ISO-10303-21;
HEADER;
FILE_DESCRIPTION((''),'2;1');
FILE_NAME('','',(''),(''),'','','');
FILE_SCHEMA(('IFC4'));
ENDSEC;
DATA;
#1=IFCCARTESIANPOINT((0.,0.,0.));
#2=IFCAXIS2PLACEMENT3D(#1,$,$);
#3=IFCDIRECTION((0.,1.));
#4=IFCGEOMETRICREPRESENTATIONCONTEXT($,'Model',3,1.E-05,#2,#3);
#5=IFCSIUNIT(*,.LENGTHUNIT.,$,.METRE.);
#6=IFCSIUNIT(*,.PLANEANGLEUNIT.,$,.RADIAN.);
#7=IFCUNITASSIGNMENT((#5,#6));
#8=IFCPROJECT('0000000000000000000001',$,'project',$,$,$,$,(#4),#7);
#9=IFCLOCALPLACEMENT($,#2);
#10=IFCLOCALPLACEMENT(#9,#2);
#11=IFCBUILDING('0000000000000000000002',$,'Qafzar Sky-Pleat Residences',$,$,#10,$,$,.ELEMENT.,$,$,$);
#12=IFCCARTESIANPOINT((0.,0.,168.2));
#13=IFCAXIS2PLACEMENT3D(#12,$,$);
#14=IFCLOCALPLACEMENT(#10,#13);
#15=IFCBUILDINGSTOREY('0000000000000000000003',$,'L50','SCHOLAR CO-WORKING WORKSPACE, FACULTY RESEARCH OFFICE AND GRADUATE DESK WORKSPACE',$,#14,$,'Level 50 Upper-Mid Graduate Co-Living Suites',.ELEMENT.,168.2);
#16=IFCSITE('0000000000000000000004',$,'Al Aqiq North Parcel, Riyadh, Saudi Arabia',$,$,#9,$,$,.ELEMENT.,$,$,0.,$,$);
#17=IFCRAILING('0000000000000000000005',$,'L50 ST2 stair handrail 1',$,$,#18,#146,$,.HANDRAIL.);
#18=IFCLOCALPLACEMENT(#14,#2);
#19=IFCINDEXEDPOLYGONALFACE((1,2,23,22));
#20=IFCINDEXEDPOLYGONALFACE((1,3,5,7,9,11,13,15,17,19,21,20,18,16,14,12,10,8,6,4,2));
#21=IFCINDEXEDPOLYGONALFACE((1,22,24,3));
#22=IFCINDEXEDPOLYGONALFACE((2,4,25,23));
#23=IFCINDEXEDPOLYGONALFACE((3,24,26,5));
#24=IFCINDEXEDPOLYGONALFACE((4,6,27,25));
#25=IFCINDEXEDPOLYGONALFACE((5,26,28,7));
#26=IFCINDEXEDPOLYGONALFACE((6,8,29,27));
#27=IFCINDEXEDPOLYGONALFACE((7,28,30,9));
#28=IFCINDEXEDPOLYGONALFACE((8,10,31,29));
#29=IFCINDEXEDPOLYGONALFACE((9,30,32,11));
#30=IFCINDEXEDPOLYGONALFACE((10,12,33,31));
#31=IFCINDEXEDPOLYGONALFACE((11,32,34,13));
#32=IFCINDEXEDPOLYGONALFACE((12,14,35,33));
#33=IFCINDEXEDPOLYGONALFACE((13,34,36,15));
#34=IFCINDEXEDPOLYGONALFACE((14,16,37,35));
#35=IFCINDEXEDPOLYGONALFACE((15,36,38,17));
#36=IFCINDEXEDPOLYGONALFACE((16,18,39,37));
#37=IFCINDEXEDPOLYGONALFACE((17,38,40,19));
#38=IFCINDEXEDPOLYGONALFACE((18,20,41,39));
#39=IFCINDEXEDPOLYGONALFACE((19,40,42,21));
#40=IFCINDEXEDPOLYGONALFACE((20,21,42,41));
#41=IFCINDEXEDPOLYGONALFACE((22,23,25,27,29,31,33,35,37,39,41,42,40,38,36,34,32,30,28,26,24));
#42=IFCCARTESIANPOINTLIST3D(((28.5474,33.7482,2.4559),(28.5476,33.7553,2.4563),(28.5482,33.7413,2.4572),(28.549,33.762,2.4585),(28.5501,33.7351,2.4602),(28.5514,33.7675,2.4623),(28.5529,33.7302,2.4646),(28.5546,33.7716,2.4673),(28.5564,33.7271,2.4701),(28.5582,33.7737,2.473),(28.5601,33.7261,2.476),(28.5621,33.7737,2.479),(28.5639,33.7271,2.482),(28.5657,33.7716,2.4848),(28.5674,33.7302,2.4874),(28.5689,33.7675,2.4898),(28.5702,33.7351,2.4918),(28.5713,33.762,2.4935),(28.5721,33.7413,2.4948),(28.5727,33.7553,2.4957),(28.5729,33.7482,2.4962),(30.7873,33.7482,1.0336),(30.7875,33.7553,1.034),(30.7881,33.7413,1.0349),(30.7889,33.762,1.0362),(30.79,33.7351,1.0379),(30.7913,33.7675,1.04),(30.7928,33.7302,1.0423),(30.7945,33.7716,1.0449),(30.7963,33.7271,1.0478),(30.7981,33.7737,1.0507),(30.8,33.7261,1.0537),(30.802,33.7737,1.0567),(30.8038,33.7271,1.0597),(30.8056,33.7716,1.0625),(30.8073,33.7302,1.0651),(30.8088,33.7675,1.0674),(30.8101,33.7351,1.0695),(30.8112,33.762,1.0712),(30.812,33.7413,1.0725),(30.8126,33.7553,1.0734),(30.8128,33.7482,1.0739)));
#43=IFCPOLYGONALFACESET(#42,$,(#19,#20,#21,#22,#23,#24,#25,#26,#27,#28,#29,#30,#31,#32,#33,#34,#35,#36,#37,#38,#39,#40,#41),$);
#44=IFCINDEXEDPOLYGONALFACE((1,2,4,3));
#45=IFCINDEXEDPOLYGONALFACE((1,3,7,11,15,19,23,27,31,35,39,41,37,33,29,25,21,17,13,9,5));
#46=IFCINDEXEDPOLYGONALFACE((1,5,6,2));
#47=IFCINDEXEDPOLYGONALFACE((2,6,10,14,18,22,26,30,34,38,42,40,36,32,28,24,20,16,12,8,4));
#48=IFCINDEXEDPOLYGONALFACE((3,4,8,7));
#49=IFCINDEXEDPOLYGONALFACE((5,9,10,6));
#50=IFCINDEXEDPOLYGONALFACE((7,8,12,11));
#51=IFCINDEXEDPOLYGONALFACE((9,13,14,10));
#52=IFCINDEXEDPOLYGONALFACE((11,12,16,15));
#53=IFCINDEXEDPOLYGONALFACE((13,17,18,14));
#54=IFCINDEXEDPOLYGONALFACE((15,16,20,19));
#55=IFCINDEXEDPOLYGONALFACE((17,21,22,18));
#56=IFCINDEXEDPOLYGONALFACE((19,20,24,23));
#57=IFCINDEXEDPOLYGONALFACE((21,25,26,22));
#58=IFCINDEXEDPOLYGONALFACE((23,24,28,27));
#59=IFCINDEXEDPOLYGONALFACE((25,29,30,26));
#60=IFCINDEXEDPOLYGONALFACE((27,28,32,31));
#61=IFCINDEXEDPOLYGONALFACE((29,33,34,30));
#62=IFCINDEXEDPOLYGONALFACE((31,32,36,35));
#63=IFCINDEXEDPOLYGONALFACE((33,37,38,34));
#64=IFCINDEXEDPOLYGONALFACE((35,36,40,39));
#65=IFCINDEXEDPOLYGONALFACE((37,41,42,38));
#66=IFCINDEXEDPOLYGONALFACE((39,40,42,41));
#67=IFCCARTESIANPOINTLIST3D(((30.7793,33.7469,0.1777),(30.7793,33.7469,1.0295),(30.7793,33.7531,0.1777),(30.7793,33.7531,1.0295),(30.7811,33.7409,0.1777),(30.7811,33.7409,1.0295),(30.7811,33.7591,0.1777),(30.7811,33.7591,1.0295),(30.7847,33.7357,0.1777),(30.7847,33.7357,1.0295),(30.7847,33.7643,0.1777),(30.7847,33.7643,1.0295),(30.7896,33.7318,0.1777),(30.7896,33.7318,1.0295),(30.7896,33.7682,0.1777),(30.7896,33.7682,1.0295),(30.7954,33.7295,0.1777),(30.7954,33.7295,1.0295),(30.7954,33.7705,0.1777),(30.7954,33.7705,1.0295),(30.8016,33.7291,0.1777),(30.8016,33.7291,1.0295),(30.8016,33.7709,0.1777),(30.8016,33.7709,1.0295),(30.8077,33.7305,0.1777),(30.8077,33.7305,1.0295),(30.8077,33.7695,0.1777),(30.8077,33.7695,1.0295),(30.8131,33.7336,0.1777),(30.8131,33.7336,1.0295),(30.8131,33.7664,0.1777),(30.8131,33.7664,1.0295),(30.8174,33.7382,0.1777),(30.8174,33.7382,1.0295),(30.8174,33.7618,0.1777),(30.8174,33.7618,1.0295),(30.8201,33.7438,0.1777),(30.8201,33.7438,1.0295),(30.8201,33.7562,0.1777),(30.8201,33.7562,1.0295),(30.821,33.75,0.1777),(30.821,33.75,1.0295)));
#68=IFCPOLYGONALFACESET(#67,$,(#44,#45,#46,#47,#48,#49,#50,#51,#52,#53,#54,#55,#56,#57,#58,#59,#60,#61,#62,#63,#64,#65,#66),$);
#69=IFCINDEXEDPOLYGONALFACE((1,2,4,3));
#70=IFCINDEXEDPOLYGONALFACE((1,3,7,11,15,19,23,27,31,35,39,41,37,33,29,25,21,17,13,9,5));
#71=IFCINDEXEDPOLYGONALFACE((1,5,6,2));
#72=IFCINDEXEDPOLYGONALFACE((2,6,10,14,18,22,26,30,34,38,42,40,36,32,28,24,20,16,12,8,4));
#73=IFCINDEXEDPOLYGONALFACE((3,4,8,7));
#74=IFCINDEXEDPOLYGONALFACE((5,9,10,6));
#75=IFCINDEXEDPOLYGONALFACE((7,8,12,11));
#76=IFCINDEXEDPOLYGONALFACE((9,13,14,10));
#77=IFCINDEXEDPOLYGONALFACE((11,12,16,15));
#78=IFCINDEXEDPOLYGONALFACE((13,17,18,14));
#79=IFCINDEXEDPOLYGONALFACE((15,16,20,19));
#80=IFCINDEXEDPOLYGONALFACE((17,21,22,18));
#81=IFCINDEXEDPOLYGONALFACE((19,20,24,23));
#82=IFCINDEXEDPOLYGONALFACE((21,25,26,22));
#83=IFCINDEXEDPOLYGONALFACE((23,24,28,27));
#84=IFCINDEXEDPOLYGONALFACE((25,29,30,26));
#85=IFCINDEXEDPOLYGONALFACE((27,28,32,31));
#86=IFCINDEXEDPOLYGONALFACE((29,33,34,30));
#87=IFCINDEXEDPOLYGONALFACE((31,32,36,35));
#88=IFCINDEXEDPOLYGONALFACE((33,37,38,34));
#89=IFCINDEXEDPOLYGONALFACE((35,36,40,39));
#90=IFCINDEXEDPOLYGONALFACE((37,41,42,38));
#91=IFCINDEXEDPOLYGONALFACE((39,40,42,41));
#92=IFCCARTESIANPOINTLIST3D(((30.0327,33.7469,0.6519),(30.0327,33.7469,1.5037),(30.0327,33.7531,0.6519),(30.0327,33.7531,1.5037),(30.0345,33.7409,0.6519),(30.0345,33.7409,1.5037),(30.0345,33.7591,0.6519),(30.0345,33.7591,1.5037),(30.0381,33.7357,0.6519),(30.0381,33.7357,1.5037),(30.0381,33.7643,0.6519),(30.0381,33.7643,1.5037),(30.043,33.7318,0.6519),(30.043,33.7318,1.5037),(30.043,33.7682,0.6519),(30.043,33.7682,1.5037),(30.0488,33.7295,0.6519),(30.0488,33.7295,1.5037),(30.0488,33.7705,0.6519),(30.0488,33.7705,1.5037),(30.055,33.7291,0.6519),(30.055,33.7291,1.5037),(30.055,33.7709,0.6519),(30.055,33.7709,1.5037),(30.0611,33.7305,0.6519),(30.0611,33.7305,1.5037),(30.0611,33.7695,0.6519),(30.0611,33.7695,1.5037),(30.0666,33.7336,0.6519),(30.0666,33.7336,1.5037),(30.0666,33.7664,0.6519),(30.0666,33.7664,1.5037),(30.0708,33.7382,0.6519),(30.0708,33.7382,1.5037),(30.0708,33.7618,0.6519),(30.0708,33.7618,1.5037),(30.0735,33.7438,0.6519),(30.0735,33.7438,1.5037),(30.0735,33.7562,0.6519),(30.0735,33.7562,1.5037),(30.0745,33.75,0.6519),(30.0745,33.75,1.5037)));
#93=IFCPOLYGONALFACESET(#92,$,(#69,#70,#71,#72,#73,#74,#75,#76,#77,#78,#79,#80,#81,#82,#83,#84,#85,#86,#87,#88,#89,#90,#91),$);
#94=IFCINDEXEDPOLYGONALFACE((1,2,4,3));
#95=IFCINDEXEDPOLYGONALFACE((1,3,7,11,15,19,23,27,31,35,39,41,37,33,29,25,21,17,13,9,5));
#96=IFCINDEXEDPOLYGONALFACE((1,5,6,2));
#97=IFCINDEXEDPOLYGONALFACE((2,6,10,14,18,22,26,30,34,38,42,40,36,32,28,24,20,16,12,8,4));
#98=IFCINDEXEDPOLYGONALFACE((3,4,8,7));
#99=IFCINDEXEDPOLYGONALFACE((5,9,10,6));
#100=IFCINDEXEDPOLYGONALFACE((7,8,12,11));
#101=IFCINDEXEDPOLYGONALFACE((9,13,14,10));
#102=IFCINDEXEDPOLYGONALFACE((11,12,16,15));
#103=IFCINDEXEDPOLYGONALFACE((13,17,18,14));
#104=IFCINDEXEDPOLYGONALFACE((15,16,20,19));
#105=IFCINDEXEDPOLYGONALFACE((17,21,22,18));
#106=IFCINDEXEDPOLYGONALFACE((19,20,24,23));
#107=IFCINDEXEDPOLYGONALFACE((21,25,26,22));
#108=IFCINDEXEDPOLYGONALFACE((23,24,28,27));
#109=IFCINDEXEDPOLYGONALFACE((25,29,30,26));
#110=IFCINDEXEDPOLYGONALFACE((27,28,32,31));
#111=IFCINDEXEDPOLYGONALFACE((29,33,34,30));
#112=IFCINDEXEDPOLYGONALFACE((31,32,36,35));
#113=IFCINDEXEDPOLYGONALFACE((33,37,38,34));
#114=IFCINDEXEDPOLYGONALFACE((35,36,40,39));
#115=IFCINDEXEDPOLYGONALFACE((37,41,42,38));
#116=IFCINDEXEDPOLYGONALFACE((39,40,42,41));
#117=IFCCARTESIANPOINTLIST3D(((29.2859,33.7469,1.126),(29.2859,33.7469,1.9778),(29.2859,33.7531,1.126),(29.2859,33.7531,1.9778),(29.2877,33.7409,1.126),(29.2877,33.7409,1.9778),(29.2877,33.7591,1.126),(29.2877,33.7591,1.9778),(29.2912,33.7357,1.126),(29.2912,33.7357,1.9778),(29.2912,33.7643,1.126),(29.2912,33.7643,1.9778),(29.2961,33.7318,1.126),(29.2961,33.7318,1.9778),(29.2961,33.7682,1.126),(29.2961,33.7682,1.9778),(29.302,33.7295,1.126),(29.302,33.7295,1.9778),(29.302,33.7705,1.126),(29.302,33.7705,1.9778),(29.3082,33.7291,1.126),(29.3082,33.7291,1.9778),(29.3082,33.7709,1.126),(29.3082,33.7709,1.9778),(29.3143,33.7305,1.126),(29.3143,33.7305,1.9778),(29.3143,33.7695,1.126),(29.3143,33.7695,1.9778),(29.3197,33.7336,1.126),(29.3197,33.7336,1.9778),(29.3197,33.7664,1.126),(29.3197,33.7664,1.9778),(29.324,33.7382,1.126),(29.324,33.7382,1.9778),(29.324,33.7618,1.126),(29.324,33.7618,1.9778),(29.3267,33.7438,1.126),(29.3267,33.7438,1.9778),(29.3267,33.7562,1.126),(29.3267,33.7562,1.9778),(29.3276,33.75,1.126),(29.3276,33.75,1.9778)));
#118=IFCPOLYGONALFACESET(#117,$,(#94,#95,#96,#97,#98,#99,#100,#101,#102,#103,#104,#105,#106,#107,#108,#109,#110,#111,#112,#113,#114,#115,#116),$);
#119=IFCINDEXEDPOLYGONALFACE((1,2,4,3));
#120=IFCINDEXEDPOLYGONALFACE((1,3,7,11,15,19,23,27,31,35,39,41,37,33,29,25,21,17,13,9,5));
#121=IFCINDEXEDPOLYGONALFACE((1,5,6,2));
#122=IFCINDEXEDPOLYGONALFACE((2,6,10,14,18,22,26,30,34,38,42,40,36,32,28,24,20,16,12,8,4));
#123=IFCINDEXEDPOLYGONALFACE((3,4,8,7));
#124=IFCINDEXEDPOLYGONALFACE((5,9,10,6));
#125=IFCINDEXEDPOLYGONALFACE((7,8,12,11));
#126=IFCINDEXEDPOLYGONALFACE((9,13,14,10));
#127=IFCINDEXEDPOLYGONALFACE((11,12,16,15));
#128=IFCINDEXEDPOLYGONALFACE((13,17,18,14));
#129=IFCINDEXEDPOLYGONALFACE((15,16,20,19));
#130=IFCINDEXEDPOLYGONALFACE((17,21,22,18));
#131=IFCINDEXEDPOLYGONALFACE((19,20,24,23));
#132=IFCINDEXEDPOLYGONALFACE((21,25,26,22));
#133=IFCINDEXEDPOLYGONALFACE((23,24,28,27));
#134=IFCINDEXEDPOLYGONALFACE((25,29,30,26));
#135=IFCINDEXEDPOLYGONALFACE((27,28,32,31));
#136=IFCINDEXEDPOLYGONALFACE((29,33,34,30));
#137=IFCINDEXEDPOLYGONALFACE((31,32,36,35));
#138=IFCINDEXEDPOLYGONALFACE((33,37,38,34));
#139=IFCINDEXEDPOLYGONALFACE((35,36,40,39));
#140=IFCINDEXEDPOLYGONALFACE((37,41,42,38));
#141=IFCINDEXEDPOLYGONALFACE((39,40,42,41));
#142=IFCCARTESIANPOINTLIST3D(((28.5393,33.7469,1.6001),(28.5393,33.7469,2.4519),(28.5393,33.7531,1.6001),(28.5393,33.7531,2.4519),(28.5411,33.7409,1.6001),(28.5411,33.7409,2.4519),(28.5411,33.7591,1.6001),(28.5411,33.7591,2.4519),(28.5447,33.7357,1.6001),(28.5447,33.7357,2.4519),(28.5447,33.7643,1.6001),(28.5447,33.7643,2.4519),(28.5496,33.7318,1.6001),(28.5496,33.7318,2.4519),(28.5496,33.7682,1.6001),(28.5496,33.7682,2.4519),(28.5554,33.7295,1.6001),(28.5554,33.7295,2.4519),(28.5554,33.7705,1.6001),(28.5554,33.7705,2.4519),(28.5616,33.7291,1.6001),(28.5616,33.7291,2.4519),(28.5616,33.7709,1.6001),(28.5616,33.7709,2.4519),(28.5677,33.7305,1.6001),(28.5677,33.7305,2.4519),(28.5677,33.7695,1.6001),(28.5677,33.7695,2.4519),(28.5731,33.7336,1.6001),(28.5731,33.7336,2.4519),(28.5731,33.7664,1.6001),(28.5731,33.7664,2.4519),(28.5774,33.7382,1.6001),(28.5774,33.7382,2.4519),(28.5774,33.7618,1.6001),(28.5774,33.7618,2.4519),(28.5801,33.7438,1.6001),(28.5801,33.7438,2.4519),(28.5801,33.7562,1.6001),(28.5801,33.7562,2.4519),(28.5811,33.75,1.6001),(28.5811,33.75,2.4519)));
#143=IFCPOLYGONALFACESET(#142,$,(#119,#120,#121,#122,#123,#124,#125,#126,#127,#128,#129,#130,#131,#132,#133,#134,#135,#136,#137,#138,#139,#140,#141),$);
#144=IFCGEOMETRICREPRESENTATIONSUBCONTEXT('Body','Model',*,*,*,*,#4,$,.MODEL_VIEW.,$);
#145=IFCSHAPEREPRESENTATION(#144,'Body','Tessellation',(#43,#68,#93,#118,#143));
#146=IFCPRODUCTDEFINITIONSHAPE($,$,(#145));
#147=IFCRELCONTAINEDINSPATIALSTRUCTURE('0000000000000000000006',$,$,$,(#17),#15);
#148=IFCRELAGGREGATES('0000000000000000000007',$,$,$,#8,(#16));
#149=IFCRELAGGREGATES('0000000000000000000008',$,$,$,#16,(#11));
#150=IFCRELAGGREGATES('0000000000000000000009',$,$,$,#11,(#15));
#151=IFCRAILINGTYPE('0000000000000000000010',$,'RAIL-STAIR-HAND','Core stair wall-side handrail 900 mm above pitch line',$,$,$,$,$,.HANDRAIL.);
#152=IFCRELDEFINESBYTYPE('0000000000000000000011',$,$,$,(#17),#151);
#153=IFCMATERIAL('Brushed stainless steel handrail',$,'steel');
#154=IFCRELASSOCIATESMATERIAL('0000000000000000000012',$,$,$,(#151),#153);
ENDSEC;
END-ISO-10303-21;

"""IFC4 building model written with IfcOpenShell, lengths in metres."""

from ifc_helpers import new_model, si_unit, direction, frame, origin, origin_2d, place, context, subcontext, project, spatial, circle, extrude, source, transform, mapped, material, type_object, element, save


model = new_model("IFC4")

# Units and contexts
model_context = context("Model", 3, precision=1e-05, world=origin(), true_north=direction((0.0, 1.0)))
body_context = subcontext(model_context, "Body", "Model", "MODEL_VIEW")
ifc_project = project(units=[si_unit("LENGTHUNIT", "METRE"), si_unit("PLANEANGLEUNIT", "RADIAN")], contexts=[model_context])

# Site, building, storey
site_placement = place(None, origin())
site = spatial("IfcSite", under=ifc_project, at=site_placement, Name="Al Aqiq North Parcel, Riyadh, Saudi Arabia", CompositionType="ELEMENT", RefElevation=0.0)
building_placement = place(site_placement, origin())
building = spatial("IfcBuilding", under=site, at=building_placement, Name="Qafzar Sky-Pleat Residences", CompositionType="ELEMENT")
storey_placement = place(building_placement, frame((0.0, 0.0, 168.2)))
storey = spatial("IfcBuildingStorey", under=building, at=storey_placement, Name="L50", Description="SCHOLAR CO-WORKING WORKSPACE, FACULTY RESEARCH OFFICE AND GRADUATE DESK WORKSPACE", LongName="Level 50 Upper-Mid Graduate Co-Living Suites", CompositionType="ELEMENT", Elevation=168.2)

# Railing
ifc_material_1 = material(Name="Brushed stainless steel handrail", Category="steel")
railing_type_1 = type_object("IfcRailingType", Name="RAIL-STAIR-HAND", Description="Core stair wall-side handrail 900 mm above pitch line", PredefinedType="HANDRAIL", material=ifc_material_1)
shared_shape_1 = source(origin(), body_context, "Body", "SweptSolid", [
    extrude(circle(Radius=0.0239, at=origin_2d()), frame((0.0, 0.0, 0.876), z_axis=(-0.844188, 0.0, 0.536048), x_axis=(0.0, -1.0, 0.0)), (0.0, 0.0, 1.0), 2.6533),
    extrude(circle(Radius=0.021, at=origin_2d()), origin(), (0.0, 0.0, 1.0), 0.8518),
    extrude(circle(Radius=0.021, at=origin_2d()), frame((-0.7466, 0.0, 0.4741)), (0.0, 0.0, 1.0), 0.8518),
    extrude(circle(Radius=0.021, at=origin_2d()), frame((-1.4934, 0.0, 0.9482)), (0.0, 0.0, 1.0), 0.8518),
    extrude(circle(Radius=0.021, at=origin_2d()), frame((-2.24, 0.0, 1.4224)), (0.0, 0.0, 1.0), 0.8518),
])
railing_1_placement = place(storey_placement, frame((30.8, 33.75, 0.1777)))
element("IfcRailing", 1, at=railing_1_placement, inside=storey, type_object=railing_type_1, Name="L50 ST2 stair handrail 1", PredefinedType="HANDRAIL", context=body_context, shape_type="MappedRepresentation", body=[
    mapped(shared_shape_1, transform((0.0, 0.0, 0.0), x_axis=(1.0, 0.0, 0.0), y_axis=(0.0, 1.0, 0.0), z_axis=(0.0, 0.0, 1.0), scale=1.0)),
])

save(model, "model.ifc")
